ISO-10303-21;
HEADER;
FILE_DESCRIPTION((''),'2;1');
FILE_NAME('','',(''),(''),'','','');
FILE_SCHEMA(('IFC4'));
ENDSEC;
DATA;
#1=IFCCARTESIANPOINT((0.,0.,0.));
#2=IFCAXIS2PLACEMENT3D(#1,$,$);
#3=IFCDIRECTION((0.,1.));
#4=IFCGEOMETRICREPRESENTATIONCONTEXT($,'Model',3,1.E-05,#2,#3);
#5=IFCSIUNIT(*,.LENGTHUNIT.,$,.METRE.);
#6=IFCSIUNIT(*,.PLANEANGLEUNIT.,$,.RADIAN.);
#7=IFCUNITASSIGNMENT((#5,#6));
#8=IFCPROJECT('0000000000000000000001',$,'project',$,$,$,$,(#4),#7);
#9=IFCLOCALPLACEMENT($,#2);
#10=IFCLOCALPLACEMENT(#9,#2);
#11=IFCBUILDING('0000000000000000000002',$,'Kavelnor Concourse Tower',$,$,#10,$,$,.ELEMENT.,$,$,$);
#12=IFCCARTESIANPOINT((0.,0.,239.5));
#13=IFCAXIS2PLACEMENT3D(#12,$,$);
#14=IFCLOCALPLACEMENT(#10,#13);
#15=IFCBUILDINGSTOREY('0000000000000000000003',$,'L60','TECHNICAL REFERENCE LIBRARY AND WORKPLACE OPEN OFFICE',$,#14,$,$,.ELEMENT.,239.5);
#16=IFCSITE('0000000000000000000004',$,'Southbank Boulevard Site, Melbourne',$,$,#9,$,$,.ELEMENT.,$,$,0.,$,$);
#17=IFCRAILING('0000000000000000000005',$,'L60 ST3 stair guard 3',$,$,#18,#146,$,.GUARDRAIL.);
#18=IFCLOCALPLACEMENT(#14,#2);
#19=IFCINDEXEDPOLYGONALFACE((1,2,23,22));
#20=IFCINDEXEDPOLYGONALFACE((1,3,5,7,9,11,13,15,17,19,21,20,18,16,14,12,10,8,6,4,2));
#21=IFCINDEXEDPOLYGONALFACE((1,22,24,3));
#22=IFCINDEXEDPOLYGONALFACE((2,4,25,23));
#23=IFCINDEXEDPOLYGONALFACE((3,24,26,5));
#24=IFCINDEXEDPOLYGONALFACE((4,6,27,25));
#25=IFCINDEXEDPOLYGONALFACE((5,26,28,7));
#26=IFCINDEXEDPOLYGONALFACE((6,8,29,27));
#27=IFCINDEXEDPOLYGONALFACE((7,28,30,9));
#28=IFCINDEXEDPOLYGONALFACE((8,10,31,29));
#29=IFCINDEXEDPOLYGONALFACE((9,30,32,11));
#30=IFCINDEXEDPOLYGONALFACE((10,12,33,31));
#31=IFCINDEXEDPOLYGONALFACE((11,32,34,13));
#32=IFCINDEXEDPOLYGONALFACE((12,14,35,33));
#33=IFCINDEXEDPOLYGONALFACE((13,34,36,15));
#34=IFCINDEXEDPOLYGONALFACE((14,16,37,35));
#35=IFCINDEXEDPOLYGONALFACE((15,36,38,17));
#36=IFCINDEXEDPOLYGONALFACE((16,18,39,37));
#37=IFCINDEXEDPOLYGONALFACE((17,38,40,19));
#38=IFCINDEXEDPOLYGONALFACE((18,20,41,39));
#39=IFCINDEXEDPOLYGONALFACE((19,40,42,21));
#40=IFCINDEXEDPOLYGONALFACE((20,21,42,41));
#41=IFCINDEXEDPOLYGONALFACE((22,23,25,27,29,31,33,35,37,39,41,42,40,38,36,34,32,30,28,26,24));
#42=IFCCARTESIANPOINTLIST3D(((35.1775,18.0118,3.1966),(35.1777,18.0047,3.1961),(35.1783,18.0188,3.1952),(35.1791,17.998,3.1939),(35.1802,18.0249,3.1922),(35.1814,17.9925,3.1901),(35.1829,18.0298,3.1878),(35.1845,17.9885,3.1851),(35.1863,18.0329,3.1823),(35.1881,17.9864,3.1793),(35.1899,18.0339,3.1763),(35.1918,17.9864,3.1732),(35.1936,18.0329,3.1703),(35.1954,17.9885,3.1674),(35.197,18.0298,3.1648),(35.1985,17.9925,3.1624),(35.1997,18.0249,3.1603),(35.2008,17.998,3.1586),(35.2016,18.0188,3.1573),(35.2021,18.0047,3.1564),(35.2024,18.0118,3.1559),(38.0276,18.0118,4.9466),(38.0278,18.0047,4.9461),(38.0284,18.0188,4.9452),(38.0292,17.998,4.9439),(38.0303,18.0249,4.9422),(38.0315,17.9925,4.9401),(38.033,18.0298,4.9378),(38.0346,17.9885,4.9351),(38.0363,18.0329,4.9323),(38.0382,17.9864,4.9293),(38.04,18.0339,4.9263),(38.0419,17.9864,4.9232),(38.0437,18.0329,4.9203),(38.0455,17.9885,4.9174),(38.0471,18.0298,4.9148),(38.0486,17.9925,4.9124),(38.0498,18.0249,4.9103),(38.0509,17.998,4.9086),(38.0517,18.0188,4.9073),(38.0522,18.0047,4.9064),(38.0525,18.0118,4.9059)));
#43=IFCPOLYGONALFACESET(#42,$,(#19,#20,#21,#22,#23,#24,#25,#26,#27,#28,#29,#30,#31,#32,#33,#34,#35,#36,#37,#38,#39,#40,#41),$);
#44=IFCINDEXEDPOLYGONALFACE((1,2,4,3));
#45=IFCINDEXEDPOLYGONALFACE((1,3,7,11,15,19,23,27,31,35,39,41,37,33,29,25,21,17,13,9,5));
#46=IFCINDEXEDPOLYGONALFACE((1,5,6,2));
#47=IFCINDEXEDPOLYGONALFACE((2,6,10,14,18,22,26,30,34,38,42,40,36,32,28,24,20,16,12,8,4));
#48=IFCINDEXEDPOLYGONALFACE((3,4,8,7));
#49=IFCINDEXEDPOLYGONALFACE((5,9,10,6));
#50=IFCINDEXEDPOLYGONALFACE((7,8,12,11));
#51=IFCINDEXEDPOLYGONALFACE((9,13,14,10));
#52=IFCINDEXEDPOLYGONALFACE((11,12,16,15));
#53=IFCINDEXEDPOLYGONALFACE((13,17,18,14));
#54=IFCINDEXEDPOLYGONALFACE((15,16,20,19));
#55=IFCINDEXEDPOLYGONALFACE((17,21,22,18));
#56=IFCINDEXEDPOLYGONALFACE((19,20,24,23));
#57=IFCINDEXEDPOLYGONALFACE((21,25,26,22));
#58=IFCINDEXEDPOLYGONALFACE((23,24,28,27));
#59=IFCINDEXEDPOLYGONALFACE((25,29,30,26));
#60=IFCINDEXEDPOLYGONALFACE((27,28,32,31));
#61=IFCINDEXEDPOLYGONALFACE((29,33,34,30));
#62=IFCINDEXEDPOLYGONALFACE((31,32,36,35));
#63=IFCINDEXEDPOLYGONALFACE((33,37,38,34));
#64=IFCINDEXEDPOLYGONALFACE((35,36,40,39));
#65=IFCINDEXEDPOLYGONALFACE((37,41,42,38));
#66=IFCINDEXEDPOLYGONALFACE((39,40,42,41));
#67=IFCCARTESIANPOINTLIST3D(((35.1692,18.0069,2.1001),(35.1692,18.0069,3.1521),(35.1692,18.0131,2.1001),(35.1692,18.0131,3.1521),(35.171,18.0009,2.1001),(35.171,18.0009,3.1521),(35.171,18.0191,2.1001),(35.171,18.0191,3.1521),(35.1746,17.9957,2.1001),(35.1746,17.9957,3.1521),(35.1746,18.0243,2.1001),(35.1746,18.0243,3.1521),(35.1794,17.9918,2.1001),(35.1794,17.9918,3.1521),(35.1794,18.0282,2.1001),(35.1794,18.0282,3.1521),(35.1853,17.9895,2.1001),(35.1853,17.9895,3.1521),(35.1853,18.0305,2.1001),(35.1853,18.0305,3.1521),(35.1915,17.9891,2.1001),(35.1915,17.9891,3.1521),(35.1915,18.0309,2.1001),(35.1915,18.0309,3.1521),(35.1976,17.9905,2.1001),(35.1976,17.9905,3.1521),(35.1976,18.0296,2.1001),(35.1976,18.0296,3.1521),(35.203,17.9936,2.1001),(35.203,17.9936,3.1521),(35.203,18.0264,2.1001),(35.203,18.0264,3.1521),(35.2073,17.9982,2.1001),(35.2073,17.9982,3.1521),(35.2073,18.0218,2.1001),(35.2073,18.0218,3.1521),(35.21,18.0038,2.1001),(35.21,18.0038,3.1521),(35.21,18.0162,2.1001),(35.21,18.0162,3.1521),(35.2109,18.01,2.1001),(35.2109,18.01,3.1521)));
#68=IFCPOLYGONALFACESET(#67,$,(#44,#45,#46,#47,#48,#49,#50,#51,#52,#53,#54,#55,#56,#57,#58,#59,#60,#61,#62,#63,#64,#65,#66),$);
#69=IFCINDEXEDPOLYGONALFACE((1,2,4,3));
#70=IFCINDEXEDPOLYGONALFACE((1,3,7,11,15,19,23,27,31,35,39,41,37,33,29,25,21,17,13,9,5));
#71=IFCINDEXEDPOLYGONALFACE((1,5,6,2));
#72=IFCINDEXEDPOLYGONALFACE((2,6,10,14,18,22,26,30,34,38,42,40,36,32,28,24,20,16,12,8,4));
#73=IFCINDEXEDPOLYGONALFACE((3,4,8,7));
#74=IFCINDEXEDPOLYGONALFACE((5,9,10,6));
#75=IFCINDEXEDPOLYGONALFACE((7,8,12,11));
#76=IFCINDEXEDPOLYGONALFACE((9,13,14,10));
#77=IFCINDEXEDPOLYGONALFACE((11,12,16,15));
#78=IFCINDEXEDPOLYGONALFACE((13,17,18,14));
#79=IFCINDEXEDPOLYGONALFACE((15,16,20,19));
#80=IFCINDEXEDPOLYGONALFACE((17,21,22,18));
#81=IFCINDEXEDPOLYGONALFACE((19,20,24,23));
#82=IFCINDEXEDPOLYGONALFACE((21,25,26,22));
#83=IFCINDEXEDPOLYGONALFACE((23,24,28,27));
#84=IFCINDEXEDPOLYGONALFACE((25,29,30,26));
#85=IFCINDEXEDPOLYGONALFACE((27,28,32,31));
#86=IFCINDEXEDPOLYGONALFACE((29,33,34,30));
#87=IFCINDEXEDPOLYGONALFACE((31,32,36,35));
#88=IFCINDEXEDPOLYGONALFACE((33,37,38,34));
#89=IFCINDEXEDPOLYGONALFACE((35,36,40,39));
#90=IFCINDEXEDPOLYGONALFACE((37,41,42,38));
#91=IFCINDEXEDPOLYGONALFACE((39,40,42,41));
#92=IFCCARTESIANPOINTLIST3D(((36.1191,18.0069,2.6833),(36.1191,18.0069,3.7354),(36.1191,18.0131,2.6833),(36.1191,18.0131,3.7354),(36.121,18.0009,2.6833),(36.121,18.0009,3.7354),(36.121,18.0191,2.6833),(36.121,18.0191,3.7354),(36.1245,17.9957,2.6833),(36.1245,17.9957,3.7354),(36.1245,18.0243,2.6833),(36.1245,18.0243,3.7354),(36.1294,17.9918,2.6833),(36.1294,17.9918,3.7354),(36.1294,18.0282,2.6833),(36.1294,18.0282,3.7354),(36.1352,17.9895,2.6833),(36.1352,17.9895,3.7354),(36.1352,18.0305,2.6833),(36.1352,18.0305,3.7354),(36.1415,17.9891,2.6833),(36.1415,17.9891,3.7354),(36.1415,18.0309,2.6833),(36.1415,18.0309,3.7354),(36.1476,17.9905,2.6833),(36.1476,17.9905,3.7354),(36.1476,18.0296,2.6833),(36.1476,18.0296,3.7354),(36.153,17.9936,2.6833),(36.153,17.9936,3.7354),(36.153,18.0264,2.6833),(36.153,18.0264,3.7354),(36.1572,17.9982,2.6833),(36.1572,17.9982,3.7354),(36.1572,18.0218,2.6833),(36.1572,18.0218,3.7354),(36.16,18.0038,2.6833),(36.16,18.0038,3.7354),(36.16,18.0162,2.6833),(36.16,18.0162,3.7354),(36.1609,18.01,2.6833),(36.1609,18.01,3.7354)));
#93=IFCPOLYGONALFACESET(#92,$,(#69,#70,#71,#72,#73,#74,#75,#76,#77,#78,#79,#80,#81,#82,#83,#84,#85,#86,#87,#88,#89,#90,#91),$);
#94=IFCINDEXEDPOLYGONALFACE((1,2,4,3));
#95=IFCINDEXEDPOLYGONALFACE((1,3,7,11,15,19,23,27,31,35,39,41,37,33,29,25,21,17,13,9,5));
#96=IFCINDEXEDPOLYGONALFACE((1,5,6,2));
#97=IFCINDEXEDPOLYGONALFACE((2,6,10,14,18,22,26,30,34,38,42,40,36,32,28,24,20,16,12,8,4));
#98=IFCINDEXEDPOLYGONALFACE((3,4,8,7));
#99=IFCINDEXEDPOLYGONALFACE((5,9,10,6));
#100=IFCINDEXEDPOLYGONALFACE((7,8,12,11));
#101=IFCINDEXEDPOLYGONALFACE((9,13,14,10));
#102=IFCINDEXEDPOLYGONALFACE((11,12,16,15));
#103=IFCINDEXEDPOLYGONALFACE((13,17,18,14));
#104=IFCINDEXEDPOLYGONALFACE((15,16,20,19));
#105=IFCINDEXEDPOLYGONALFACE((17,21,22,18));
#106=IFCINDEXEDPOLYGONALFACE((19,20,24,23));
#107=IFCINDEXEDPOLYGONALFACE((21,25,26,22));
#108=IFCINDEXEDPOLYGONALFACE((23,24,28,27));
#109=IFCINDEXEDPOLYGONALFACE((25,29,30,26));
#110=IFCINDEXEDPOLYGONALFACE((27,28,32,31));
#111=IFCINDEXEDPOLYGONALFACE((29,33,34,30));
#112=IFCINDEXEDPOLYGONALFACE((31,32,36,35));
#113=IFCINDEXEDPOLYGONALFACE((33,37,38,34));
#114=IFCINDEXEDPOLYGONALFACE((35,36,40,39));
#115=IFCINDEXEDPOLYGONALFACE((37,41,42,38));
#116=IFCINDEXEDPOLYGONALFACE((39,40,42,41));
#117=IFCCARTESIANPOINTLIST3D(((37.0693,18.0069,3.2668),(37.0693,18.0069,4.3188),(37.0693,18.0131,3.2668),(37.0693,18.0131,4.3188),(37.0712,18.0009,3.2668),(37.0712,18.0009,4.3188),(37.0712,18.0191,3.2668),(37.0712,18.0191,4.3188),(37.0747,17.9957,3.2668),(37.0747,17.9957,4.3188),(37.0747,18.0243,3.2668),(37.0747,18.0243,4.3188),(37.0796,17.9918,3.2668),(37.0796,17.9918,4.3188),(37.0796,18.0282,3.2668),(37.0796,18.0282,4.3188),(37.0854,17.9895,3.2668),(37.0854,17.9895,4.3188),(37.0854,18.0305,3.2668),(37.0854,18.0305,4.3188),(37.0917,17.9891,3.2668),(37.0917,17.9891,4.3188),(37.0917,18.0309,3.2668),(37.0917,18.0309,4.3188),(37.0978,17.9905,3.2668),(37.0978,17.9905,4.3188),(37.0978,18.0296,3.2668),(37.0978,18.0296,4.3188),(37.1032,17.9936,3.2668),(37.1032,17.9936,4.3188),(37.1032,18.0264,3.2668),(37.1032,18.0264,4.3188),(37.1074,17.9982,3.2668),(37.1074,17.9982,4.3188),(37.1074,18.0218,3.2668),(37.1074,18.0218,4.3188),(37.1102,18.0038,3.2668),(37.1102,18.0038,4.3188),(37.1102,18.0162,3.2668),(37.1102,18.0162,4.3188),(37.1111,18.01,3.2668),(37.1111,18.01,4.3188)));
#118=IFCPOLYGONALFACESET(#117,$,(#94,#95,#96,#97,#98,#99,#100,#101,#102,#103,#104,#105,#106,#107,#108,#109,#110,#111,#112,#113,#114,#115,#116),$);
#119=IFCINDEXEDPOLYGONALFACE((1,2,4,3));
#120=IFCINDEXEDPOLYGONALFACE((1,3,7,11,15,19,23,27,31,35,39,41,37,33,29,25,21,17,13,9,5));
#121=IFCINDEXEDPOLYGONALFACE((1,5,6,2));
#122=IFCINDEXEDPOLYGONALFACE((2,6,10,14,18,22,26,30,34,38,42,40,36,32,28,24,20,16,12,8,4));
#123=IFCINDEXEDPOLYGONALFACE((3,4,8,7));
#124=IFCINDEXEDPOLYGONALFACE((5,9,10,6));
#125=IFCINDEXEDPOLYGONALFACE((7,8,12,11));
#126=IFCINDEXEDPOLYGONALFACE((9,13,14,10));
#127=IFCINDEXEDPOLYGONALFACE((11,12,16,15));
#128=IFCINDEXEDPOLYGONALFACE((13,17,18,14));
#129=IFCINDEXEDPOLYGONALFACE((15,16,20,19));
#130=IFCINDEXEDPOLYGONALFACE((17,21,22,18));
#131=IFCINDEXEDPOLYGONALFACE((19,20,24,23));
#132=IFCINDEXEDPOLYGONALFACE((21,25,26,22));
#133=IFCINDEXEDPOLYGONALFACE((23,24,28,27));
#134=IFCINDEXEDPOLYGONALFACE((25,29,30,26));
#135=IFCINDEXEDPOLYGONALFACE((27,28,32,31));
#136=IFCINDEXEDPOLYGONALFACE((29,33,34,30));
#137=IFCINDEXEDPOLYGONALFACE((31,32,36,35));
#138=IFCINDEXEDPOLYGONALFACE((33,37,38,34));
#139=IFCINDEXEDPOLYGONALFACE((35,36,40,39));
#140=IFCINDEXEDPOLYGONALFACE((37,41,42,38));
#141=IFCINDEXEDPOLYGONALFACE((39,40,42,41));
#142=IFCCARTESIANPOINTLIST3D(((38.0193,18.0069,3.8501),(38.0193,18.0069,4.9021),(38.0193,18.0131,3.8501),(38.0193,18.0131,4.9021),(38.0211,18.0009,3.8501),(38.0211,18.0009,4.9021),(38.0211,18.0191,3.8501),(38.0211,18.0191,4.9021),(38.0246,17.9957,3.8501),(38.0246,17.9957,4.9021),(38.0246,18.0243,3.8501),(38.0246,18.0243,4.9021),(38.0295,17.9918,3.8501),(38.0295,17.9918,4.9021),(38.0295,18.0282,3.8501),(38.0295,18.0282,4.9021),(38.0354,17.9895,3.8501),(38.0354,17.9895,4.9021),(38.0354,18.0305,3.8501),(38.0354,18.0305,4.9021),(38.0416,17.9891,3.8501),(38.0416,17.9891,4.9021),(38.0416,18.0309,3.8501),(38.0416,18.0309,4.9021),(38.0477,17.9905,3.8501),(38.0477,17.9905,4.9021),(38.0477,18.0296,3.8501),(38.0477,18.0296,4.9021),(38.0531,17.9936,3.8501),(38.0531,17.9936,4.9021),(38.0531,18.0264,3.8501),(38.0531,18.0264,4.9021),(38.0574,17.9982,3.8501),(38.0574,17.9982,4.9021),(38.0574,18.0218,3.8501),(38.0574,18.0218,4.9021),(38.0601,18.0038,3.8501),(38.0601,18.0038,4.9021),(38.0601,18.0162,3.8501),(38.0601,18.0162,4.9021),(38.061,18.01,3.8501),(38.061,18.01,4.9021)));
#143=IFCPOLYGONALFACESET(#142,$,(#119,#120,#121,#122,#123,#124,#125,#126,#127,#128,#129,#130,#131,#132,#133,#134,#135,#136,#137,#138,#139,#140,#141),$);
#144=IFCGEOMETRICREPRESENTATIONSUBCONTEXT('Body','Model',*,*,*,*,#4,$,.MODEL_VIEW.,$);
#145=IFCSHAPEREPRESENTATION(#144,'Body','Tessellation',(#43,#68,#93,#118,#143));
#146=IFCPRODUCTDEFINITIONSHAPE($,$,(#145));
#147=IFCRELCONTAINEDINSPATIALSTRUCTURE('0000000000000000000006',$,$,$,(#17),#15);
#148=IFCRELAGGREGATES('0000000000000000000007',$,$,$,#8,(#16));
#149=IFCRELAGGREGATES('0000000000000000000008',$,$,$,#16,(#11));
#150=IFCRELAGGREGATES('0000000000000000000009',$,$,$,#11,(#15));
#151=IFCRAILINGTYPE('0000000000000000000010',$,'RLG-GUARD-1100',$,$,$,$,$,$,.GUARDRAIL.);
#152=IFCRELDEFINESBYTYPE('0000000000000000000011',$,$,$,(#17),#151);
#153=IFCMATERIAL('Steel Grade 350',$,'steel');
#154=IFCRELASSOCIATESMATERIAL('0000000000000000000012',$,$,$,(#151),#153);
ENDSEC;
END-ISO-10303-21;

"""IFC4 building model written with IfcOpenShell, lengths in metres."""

from ifc_helpers import new_model, si_unit, direction, frame, origin, origin_2d, place, context, subcontext, project, spatial, circle, extrude, material, type_object, element, save


model = new_model("IFC4")

# Units and contexts
model_context = context("Model", 3, precision=1e-05, world=origin(), true_north=direction((0.0, 1.0)))
body_context = subcontext(model_context, "Body", "Model", "MODEL_VIEW")
ifc_project = project(units=[si_unit("LENGTHUNIT", "METRE"), si_unit("PLANEANGLEUNIT", "RADIAN")], contexts=[model_context])

# Site, building, storey
site_placement = place(None, origin())
site = spatial("IfcSite", under=ifc_project, at=site_placement, Name="Southbank Boulevard Site, Melbourne", CompositionType="ELEMENT", RefElevation=0.0)
building_placement = place(site_placement, origin())
building = spatial("IfcBuilding", under=site, at=building_placement, Name="Kavelnor Concourse Tower", CompositionType="ELEMENT")
storey_placement = place(building_placement, frame((0.0, 0.0, 239.5)))
storey = spatial("IfcBuildingStorey", under=building, at=storey_placement, Name="L60", Description="TECHNICAL REFERENCE LIBRARY AND WORKPLACE OPEN OFFICE", CompositionType="ELEMENT", Elevation=239.5)

# Shared definitions
ifc_material_1 = material(Name="Steel Grade 350", Category="steel")

# Railing
railing_type = type_object("IfcRailingType", Name="RLG-GUARD-1100", PredefinedType="GUARDRAIL", material=ifc_material_1)
railing_1_placement = place(storey_placement, frame((35.1899, 18.01, 2.1001)))
element("IfcRailing", 1, at=railing_1_placement, inside=storey, type_object=railing_type, Name="L60 ST3 stair guard 3", PredefinedType="GUARDRAIL", context=body_context, shape_type="SweptSolid", body=[
    extrude(circle(Radius=0.0239, at=origin_2d()), frame((0.0, 0.0, 1.0762), z_axis=(0.852179, 0.0, 0.52325), x_axis=(0.0, 1.0, 0.0)), (0.0, 0.0, 1.0), 3.3445),
    extrude(circle(Radius=0.021, at=origin_2d()), origin(), (0.0, 0.0, 1.0), 1.052),
    extrude(circle(Radius=0.021, at=origin_2d()), frame((0.95, 0.0, 0.5833)), (0.0, 0.0, 1.0), 1.052),
    extrude(circle(Radius=0.021, at=origin_2d()), frame((1.9001, 0.0, 1.1667)), (0.0, 0.0, 1.0), 1.052),
    extrude(circle(Radius=0.021, at=origin_2d()), frame((2.8501, 0.0, 1.75)), (0.0, 0.0, 1.0), 1.052),
])

save(model, "model.ifc")
